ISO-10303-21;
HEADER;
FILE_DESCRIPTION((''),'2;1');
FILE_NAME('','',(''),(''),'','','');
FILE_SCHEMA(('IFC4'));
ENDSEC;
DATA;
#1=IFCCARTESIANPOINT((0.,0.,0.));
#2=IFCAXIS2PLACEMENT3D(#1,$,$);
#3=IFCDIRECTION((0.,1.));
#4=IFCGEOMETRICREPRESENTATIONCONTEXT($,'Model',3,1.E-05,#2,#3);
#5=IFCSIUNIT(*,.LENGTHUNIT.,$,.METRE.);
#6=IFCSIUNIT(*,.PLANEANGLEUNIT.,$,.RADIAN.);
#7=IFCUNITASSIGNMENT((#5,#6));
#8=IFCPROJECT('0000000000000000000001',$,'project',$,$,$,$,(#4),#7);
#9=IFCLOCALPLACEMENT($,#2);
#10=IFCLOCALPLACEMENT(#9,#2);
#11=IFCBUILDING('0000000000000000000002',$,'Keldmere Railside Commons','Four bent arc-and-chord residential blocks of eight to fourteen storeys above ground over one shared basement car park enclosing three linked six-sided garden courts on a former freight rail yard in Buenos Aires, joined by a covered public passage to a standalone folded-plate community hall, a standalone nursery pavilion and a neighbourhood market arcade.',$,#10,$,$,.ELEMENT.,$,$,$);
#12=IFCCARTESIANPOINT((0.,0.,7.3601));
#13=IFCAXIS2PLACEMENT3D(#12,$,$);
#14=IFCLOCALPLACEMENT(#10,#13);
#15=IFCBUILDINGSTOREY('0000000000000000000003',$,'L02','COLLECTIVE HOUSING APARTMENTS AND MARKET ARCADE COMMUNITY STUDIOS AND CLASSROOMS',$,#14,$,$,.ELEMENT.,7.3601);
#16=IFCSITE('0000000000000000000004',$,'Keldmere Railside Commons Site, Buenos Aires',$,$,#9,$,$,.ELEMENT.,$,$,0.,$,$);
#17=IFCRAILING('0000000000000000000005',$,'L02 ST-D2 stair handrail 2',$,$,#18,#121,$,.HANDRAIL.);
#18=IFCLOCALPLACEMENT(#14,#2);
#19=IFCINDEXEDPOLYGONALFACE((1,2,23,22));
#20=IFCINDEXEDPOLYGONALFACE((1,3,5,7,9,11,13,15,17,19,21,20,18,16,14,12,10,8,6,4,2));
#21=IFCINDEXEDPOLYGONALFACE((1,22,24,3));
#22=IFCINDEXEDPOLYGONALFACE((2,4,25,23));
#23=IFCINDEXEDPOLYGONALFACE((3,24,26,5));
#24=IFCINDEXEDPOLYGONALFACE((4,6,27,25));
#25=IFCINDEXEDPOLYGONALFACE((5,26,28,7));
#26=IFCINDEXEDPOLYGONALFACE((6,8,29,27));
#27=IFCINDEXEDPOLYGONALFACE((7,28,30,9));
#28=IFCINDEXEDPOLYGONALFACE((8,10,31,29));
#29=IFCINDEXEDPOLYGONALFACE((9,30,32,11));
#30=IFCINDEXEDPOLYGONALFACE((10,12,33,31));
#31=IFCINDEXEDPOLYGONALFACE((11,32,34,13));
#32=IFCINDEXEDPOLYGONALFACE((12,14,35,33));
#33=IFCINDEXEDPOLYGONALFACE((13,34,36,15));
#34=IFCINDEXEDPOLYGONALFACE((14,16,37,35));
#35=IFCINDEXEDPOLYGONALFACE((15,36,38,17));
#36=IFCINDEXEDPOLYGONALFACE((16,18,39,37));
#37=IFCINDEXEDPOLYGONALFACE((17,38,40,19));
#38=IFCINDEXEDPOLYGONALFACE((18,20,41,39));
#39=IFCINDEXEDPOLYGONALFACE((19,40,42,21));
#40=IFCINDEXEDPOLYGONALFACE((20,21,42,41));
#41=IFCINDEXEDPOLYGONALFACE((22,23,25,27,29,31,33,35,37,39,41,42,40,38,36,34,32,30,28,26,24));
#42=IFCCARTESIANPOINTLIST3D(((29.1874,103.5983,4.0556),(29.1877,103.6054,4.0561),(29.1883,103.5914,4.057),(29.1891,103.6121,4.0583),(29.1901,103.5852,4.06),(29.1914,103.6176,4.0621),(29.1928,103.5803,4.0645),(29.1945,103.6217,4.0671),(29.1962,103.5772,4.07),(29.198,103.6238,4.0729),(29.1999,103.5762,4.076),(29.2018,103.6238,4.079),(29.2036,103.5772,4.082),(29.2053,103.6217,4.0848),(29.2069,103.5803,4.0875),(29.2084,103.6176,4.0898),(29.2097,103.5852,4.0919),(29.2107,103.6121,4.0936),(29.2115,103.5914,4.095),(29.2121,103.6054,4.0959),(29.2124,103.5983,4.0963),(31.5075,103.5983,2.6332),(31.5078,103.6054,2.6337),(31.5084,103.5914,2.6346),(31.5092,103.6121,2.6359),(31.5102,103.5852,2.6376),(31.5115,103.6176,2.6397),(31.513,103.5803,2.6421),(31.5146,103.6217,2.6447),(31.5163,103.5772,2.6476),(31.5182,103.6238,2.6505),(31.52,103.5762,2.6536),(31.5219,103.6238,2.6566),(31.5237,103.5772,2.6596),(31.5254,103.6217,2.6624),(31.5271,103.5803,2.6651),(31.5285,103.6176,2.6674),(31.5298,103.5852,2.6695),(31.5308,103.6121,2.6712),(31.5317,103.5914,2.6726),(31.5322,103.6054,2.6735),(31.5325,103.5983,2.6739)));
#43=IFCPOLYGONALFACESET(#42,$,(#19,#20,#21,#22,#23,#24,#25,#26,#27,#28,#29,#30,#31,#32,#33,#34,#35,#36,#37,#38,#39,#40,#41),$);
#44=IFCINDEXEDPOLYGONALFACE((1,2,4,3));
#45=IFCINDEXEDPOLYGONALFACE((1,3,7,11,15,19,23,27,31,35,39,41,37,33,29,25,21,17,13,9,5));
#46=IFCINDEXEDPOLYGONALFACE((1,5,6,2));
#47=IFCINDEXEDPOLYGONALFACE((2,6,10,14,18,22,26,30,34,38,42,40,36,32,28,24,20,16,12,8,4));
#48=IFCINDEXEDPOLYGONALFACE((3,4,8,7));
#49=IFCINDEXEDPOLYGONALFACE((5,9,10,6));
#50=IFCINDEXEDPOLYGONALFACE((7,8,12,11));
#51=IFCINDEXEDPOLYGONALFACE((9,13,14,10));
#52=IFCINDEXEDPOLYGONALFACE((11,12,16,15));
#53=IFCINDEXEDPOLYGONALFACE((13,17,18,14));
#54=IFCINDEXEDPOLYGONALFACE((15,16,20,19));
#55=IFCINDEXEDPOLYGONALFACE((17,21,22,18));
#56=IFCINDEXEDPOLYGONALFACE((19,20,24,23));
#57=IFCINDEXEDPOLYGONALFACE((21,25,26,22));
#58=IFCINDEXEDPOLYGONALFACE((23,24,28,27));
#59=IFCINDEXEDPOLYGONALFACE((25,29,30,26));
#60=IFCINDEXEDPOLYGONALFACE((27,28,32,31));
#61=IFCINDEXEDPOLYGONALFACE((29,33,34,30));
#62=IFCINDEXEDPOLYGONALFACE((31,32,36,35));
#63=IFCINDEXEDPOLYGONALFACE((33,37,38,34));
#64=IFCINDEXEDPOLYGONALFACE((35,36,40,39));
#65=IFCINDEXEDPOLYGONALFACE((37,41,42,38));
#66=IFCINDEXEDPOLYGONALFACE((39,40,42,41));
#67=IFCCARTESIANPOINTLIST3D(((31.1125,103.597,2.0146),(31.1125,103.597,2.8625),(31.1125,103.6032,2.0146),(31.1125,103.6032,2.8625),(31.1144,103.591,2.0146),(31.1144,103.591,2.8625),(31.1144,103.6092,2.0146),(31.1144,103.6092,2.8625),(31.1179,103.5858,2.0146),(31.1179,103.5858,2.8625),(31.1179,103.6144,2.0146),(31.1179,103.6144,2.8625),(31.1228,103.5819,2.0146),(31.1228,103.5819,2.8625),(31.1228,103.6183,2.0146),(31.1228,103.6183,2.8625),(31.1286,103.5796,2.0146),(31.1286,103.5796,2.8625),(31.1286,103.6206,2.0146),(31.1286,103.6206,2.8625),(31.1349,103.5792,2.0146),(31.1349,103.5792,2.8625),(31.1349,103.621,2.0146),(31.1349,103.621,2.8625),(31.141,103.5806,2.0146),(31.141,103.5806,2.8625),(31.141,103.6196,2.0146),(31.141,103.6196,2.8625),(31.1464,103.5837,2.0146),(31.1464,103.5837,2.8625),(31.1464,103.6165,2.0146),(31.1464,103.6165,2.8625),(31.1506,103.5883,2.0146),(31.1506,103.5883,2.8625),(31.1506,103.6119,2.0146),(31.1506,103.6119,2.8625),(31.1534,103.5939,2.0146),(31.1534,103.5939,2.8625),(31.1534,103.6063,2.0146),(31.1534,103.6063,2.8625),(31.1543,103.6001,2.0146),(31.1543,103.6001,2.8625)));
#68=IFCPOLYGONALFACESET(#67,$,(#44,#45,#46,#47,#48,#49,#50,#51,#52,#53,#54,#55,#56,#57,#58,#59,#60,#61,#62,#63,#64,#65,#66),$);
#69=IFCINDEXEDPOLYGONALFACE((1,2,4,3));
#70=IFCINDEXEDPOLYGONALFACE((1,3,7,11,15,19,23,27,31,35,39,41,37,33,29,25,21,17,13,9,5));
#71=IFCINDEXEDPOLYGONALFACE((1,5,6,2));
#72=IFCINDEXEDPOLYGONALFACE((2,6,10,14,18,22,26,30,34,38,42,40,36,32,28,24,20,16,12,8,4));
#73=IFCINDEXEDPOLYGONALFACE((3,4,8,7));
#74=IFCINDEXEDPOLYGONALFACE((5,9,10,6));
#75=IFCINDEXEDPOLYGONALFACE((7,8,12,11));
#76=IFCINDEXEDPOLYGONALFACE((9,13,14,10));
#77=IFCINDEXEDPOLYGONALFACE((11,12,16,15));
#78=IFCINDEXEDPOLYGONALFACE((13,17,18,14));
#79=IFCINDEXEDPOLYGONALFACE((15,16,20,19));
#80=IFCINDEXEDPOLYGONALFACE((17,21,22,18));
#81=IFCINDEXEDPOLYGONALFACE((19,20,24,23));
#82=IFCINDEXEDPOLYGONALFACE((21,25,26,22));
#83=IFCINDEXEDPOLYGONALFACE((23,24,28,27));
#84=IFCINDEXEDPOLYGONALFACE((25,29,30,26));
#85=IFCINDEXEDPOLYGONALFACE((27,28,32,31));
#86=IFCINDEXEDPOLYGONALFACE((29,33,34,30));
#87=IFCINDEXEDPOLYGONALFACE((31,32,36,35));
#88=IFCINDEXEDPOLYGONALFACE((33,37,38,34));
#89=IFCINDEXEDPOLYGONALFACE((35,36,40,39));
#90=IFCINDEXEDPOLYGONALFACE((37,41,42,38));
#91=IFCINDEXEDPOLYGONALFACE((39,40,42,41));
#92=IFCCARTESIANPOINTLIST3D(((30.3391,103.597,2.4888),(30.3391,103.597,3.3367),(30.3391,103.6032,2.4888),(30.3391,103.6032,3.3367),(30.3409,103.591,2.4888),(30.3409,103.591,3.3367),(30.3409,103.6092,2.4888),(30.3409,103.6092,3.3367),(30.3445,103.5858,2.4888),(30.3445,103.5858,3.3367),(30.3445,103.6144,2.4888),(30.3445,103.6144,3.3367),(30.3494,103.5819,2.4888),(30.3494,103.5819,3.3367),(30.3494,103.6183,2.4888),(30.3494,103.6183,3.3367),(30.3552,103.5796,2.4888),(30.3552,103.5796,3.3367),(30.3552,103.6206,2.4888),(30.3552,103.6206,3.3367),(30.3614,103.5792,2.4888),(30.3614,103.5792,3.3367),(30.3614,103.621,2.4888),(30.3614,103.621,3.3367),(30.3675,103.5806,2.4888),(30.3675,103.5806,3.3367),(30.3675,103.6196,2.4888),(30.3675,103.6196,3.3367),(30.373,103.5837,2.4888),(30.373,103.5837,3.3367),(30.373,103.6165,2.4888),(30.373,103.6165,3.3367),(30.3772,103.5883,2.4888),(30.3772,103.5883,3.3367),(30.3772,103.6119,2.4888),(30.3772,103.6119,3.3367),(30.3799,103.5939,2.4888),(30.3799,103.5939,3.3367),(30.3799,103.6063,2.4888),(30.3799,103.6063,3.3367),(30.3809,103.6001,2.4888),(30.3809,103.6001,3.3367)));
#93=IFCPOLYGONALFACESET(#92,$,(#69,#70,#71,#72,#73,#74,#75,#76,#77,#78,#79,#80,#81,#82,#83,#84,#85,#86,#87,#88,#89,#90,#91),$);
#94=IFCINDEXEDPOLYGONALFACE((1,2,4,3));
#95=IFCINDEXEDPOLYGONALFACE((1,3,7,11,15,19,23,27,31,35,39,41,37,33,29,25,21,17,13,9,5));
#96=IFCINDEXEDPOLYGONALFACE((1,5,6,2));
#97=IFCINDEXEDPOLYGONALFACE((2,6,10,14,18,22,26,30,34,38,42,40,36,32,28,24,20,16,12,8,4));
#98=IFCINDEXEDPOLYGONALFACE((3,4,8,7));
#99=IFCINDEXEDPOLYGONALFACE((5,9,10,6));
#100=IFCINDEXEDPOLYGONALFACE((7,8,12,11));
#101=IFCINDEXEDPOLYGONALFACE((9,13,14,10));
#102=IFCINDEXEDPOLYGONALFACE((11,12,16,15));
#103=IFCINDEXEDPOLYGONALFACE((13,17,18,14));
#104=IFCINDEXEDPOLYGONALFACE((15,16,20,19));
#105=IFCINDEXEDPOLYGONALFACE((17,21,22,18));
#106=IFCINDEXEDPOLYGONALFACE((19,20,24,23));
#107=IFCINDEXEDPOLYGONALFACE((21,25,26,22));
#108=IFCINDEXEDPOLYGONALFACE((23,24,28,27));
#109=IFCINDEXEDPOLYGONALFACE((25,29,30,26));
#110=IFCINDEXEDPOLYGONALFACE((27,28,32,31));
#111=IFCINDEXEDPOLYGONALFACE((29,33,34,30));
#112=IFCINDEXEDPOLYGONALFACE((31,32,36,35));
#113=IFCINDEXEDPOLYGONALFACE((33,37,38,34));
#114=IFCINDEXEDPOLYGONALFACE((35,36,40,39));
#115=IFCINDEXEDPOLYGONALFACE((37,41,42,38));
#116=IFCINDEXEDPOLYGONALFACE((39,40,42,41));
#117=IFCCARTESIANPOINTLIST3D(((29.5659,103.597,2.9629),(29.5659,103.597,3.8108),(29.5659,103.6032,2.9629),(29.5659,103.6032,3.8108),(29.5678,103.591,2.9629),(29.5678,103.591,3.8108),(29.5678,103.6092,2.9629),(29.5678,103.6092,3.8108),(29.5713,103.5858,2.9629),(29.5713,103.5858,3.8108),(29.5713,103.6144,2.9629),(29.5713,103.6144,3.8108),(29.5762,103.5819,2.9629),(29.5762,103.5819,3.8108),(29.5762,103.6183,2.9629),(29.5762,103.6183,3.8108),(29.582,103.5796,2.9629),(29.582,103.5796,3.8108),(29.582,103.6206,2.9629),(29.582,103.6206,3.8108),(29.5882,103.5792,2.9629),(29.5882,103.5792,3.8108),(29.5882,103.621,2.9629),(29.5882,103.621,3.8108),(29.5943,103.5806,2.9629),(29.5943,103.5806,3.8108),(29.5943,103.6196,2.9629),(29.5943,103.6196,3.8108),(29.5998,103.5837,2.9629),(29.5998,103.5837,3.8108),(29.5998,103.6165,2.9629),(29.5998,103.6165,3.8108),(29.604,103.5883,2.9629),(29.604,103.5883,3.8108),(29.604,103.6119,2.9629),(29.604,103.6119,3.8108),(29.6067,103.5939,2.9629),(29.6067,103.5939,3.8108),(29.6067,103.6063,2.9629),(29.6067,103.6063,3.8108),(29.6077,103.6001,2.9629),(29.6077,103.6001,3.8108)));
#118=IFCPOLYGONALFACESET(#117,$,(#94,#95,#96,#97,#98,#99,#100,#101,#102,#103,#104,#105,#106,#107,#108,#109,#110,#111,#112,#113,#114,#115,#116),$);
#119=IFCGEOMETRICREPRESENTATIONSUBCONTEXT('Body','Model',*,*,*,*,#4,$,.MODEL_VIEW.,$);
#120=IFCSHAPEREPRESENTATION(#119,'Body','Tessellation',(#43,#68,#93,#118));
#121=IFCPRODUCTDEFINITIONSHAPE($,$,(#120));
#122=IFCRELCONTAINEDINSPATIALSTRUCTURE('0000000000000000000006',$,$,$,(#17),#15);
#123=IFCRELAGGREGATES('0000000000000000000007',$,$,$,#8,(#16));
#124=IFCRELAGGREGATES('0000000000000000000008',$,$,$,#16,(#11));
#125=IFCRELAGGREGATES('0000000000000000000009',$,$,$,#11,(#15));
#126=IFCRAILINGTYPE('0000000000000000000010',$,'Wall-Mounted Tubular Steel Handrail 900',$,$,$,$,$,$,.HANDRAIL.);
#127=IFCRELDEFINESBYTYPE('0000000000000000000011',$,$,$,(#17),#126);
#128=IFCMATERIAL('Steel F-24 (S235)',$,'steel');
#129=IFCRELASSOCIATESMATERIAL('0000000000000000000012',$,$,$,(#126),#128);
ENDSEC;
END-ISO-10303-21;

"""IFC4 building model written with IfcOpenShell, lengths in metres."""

from ifc_helpers import new_model, si_unit, direction, frame, origin, origin_2d, place, context, subcontext, project, spatial, circle, extrude, material, type_object, element, save


model = new_model("IFC4")

# Units and contexts
model_context = context("Model", 3, precision=1e-05, world=origin(), true_north=direction((0.0, 1.0)))
body_context = subcontext(model_context, "Body", "Model", "MODEL_VIEW")
ifc_project = project(units=[si_unit("LENGTHUNIT", "METRE"), si_unit("PLANEANGLEUNIT", "RADIAN")], contexts=[model_context])

# Site, building, storey
site_placement = place(None, origin())
site = spatial("IfcSite", under=ifc_project, at=site_placement, Name="Keldmere Railside Commons Site, Buenos Aires", CompositionType="ELEMENT", RefElevation=0.0)
building_placement = place(site_placement, origin())
building = spatial("IfcBuilding", under=site, at=building_placement, Name="Keldmere Railside Commons", Description="Four bent arc-and-chord residential blocks of eight to fourteen storeys above ground over one shared basement car park enclosing three linked six-sided garden courts on a former freight rail yard in Buenos Aires, joined by a covered public passage to a standalone folded-plate community hall, a standalone nursery pavilion and a neighbourhood market arcade.", CompositionType="ELEMENT")
storey_placement = place(building_placement, frame((0.0, 0.0, 7.3601)))
storey = spatial("IfcBuildingStorey", under=building, at=storey_placement, Name="L02", Description="COLLECTIVE HOUSING APARTMENTS AND MARKET ARCADE COMMUNITY STUDIOS AND CLASSROOMS", CompositionType="ELEMENT", Elevation=7.3601)

# Shared definitions
ifc_material_1 = material(Name="Steel F-24 (S235)", Category="steel")

# Railing
railing_type_1 = type_object("IfcRailingType", Name="Wall-Mounted Tubular Steel Handrail 900", PredefinedType="HANDRAIL", material=ifc_material_1)
railing_1_placement = place(storey_placement, frame((31.52, 103.6001, 1.7776)))
element("IfcRailing", 1, at=railing_1_placement, inside=storey, type_object=railing_type_1, Name="L02 ST-D2 stair handrail 2", PredefinedType="HANDRAIL", context=body_context, shape_type="SweptSolid", body=[
    extrude(circle(Radius=0.0239, at=origin_2d()), frame((0.0, 0.0, 0.876), z_axis=(-0.852538, 0.0, 0.522665), x_axis=(0.0, -1.0, 0.0)), (0.0, 0.0, 1.0), 2.7214),
    extrude(circle(Radius=0.021, at=origin_2d()), frame((-0.3867, 0.0, 0.2371)), (0.0, 0.0, 1.0), 0.8479),
    extrude(circle(Radius=0.021, at=origin_2d()), frame((-1.1602, 0.0, 0.7112)), (0.0, 0.0, 1.0), 0.8479),
    extrude(circle(Radius=0.021, at=origin_2d()), frame((-1.9333, 0.0, 1.1853)), (0.0, 0.0, 1.0), 0.8479),
])

save(model, "model.ifc")
